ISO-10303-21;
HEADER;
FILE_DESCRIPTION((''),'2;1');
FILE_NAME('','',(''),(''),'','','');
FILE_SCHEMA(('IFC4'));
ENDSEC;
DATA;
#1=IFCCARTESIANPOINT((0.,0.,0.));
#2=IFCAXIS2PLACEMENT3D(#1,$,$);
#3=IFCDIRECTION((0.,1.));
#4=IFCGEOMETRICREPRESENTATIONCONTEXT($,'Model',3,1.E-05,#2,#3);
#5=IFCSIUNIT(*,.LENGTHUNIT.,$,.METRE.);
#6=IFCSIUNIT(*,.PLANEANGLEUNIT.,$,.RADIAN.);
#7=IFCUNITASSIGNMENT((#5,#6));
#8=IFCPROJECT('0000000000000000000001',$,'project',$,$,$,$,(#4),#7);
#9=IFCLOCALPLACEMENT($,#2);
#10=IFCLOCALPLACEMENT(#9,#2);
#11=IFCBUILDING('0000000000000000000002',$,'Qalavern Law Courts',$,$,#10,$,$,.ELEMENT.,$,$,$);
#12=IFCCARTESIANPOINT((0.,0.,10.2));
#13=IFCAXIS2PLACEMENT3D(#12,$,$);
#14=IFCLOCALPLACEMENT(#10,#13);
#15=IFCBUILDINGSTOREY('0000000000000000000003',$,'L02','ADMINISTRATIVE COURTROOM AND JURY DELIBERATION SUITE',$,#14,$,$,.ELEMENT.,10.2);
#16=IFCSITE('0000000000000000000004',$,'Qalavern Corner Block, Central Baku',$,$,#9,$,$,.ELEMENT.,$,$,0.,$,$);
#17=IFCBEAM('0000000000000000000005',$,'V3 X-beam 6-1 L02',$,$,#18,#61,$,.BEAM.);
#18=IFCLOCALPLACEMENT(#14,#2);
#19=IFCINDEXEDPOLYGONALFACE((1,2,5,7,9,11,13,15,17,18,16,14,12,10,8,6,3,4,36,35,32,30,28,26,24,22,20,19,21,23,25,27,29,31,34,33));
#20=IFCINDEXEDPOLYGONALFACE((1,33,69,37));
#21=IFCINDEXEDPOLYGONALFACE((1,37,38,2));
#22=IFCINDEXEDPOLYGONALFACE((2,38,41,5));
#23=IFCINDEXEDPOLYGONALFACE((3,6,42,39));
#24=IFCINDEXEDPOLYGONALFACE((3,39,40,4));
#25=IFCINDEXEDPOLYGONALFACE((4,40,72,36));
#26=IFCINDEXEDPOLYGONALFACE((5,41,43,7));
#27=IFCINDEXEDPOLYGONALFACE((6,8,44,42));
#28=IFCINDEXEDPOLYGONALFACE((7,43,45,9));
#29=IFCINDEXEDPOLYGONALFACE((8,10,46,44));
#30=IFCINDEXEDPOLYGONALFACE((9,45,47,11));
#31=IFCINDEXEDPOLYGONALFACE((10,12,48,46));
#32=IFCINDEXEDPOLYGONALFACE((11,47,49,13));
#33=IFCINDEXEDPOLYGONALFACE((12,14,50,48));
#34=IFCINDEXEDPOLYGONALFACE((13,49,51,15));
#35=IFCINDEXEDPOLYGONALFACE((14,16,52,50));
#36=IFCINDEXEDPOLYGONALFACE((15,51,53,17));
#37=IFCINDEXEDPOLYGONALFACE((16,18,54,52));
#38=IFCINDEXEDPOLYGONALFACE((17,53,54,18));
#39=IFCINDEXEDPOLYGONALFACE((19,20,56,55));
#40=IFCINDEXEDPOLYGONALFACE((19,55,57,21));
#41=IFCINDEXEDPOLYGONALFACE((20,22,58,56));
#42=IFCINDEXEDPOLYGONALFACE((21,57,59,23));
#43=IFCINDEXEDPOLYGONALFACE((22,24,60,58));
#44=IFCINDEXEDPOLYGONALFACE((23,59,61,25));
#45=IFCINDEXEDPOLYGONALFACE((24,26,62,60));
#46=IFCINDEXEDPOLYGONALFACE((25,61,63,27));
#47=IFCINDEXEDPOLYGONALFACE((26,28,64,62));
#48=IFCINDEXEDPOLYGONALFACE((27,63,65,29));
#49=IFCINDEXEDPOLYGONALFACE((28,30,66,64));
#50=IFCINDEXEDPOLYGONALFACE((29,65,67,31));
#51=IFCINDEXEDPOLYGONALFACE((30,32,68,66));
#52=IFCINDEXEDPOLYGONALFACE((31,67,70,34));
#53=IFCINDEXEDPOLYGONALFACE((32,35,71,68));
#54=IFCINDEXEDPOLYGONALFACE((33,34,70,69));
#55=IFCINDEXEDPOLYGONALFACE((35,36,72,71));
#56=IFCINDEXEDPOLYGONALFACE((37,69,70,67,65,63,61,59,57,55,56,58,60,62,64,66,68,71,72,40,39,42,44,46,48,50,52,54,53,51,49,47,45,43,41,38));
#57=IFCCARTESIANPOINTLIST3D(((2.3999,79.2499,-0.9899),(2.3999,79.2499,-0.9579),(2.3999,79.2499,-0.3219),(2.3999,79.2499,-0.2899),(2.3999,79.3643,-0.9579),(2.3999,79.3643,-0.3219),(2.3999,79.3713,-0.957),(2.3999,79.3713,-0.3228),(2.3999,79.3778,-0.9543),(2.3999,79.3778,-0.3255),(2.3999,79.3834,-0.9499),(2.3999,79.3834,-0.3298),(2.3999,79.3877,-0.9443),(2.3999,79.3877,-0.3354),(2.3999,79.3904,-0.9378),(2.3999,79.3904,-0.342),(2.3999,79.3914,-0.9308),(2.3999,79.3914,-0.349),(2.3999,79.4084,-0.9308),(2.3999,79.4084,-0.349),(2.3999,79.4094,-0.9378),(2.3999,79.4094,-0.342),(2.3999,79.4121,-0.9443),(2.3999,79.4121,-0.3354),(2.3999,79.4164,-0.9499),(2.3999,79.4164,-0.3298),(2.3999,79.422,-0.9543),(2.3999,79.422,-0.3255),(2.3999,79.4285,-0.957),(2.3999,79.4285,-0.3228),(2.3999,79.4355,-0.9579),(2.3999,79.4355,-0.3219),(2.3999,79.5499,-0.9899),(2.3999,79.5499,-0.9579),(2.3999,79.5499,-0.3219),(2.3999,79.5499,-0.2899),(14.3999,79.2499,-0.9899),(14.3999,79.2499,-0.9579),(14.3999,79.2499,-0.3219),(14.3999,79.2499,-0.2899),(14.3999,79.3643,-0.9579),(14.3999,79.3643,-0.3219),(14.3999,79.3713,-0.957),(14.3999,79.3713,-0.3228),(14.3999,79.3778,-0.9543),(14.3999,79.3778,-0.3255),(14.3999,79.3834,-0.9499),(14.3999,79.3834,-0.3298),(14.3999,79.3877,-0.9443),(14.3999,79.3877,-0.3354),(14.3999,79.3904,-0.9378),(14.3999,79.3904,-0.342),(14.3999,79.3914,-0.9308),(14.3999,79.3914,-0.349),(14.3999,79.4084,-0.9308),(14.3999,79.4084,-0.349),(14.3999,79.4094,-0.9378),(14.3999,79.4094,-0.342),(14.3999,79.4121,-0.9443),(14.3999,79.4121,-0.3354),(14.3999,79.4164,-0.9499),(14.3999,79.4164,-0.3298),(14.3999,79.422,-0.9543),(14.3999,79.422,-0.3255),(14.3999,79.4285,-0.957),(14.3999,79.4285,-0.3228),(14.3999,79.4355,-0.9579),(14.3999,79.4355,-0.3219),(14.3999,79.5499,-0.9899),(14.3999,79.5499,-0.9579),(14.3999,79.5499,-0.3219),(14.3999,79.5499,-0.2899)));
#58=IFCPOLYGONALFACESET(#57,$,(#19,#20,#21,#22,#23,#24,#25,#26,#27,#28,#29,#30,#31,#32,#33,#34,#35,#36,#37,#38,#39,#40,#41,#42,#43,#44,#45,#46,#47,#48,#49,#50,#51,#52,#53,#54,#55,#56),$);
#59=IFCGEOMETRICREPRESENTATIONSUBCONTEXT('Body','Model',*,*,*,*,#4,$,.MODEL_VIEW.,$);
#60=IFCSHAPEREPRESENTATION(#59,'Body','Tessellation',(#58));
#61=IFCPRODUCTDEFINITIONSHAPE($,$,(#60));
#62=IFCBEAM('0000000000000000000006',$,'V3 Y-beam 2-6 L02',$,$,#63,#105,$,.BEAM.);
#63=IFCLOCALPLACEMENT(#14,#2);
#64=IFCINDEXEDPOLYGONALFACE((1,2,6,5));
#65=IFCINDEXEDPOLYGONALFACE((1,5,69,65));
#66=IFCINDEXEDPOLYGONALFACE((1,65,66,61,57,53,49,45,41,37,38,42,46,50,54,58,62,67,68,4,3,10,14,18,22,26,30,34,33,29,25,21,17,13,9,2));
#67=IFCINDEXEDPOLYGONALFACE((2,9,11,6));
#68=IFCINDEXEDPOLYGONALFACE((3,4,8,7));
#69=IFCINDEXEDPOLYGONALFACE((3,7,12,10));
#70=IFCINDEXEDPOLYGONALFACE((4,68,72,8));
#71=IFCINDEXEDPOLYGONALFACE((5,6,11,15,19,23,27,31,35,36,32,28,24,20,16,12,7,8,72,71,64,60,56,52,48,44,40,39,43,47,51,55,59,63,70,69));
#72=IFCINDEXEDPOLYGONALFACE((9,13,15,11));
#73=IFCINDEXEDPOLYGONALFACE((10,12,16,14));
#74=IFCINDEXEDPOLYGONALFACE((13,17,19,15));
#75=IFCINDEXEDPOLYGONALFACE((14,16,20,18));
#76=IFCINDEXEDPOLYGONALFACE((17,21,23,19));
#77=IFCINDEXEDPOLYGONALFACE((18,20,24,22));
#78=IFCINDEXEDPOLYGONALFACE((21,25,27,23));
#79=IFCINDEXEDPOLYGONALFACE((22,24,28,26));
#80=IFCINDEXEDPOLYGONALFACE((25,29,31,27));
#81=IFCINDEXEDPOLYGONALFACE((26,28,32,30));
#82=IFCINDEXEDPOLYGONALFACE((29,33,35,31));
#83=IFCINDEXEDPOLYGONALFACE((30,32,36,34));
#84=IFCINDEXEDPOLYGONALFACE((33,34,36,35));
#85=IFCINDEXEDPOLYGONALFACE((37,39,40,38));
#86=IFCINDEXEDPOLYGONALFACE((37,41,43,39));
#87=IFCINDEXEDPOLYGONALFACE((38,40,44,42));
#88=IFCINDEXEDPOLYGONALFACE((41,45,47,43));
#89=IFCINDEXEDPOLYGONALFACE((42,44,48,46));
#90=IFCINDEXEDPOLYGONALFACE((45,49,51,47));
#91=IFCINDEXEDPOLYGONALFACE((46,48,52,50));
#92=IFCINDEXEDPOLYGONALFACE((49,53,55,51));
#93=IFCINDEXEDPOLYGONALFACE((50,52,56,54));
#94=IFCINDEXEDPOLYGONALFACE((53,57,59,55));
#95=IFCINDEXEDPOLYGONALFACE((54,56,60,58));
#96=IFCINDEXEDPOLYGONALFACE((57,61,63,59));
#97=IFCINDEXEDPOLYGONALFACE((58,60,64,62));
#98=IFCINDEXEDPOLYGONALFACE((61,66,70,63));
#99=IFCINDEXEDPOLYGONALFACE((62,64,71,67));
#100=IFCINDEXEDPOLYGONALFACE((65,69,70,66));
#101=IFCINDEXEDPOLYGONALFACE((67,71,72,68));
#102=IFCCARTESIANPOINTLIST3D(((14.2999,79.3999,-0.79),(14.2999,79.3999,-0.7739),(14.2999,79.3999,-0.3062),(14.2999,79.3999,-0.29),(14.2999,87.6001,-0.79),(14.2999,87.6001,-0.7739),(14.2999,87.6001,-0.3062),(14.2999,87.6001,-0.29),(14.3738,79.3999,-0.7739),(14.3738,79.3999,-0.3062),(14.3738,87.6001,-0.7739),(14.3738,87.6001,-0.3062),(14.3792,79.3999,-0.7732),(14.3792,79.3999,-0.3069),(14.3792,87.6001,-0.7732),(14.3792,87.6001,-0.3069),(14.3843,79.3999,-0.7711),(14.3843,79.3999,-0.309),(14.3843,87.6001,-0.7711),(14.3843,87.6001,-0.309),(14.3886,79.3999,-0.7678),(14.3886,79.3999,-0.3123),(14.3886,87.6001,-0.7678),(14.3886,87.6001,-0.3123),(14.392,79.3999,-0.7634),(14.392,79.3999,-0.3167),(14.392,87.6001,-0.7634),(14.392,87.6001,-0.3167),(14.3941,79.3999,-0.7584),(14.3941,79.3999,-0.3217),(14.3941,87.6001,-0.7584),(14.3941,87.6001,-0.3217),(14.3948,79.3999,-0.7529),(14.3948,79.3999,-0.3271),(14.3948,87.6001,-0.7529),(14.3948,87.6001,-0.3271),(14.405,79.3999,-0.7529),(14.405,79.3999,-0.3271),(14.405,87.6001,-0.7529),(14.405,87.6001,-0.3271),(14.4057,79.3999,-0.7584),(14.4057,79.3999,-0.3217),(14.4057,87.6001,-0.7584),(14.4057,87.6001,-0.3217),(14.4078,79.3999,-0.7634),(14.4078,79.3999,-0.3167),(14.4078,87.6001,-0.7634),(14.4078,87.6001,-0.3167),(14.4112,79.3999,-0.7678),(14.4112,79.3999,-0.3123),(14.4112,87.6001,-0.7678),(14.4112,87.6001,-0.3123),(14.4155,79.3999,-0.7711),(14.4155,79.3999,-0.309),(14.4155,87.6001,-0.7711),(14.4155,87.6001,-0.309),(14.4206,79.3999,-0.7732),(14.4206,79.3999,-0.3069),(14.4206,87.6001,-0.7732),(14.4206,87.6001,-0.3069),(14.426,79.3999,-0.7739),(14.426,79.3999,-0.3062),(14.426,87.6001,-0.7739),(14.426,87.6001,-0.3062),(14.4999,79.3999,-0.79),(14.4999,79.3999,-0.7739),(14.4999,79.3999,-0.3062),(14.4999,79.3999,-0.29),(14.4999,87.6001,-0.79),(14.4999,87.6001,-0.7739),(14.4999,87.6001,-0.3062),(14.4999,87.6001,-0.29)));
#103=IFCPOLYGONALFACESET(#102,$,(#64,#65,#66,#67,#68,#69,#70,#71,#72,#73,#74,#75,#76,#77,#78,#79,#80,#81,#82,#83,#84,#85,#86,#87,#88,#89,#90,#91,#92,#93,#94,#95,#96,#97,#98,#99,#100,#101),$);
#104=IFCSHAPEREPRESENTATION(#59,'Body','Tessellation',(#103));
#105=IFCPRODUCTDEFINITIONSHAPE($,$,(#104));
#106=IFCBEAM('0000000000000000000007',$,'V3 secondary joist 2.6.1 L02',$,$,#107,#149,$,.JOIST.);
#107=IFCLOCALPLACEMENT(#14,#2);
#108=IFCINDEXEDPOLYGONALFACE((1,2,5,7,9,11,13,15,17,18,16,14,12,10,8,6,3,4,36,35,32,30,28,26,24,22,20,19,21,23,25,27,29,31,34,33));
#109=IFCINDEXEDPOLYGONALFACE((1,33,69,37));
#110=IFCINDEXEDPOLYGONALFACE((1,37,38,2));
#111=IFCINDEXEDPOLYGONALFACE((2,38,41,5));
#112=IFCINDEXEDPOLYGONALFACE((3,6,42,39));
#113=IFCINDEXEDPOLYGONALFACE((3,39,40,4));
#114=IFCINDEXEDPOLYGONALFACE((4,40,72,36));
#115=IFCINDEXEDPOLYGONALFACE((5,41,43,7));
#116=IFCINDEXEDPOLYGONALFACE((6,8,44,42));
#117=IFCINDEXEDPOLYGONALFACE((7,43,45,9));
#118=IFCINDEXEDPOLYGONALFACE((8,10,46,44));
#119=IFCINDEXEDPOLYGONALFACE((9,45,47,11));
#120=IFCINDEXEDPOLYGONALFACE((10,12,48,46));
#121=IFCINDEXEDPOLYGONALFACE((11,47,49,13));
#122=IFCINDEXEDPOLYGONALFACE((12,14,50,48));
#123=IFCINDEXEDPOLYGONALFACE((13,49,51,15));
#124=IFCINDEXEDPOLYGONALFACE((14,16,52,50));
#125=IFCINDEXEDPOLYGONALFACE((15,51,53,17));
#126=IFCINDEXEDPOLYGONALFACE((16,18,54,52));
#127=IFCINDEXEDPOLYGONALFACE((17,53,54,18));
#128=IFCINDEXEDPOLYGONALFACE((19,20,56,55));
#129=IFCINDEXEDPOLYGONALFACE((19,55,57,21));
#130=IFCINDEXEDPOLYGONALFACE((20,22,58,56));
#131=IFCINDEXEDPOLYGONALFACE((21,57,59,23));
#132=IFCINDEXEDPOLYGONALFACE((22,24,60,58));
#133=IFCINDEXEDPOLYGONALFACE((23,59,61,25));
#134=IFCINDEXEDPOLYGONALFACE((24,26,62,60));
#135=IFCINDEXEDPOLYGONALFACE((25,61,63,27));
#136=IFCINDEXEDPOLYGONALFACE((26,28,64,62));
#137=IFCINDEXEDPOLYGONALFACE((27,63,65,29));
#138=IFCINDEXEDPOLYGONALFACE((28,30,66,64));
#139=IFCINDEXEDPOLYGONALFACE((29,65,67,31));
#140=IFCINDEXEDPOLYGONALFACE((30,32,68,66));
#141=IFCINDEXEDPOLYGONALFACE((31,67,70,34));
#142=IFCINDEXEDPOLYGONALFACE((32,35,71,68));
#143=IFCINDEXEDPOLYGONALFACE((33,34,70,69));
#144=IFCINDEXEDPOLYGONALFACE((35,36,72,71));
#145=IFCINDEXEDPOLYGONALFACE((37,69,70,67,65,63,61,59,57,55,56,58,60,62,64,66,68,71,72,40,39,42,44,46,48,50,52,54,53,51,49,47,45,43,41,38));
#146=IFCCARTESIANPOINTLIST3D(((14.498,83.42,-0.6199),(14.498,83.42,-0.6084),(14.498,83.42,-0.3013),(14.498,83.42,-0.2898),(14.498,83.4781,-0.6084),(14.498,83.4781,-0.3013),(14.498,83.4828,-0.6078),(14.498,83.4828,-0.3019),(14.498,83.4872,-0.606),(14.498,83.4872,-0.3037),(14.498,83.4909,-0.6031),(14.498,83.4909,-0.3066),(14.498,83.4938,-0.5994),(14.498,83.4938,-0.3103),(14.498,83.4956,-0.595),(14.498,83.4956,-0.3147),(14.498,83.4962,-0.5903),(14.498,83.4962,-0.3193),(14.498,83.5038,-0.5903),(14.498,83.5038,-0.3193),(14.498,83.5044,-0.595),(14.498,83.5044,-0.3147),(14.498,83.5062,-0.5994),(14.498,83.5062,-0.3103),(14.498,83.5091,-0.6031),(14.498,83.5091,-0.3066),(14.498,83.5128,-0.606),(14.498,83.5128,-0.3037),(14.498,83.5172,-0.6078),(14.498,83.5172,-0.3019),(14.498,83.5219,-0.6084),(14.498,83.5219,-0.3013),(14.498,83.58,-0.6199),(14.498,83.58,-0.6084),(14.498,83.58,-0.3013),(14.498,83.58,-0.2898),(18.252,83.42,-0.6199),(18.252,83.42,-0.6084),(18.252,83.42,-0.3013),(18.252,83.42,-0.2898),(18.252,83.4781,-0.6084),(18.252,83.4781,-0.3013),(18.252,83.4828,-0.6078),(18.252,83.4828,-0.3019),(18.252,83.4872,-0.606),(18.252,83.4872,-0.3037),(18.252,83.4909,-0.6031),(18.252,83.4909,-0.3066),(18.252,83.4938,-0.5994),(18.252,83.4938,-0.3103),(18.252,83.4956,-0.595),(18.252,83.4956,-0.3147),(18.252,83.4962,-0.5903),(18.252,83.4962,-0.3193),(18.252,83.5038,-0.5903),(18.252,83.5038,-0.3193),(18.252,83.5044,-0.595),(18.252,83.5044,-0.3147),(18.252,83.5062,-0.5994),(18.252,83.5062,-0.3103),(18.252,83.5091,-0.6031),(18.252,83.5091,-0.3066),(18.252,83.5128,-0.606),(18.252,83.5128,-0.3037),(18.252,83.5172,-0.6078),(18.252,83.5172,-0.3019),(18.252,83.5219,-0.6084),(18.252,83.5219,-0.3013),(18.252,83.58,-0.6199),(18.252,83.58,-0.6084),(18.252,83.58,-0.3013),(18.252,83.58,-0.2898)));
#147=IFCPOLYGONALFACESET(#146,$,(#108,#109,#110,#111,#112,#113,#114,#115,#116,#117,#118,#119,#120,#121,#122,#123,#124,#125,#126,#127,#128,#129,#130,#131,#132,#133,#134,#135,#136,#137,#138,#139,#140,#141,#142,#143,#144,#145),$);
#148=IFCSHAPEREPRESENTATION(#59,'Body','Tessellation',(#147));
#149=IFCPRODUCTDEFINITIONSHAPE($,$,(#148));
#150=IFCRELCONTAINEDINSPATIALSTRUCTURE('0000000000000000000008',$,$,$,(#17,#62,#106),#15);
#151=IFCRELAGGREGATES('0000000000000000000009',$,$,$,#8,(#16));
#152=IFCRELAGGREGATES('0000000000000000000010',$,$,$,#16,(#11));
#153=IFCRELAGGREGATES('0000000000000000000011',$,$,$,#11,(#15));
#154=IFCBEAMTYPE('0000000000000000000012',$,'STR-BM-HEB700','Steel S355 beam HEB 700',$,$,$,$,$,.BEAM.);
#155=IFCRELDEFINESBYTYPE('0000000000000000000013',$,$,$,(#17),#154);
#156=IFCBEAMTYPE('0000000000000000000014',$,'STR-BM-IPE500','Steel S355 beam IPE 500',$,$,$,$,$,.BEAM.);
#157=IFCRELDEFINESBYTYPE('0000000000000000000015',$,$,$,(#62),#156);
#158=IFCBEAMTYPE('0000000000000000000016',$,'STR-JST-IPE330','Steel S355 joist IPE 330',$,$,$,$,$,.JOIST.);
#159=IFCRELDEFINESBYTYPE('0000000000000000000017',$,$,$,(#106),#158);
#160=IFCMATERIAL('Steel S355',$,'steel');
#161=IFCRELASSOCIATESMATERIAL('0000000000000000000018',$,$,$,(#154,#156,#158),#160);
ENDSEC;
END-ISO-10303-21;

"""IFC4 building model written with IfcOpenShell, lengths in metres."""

from ifc_helpers import new_model, si_unit, direction, frame, origin, origin_2d, place, context, subcontext, project, spatial, i_section, extrude, material, material_profile, profile_set, type_object, element, save


model = new_model("IFC4")

# Units and contexts
model_context = context("Model", 3, precision=1e-05, world=origin(), true_north=direction((0.0, 1.0)))
body_context = subcontext(model_context, "Body", "Model", "MODEL_VIEW")
ifc_project = project(units=[si_unit("LENGTHUNIT", "METRE"), si_unit("PLANEANGLEUNIT", "RADIAN")], contexts=[model_context])

# Site, building, storey
site_placement = place(None, origin())
site = spatial("IfcSite", under=ifc_project, at=site_placement, Name="Qalavern Corner Block, Central Baku", CompositionType="ELEMENT", RefElevation=0.0)
building_placement = place(site_placement, origin())
building = spatial("IfcBuilding", under=site, at=building_placement, Name="Qalavern Law Courts", CompositionType="ELEMENT")
storey_placement = place(building_placement, frame((0.0, 0.0, 10.2)))
storey = spatial("IfcBuildingStorey", under=building, at=storey_placement, Name="L02", Description="ADMINISTRATIVE COURTROOM AND JURY DELIBERATION SUITE", CompositionType="ELEMENT", Elevation=10.2)

# Beams
ifc_material_1 = material(Name="Steel S355", Category="steel")
ifc_material_profile_1 = material_profile(ifc_material_1, i_section(OverallWidth=0.3, OverallDepth=0.7, WebThickness=0.0171, FlangeThickness=0.032, FilletRadius=0.0271, at=origin_2d()), Name="HEB 700")
ifc_profile_set_1 = profile_set([ifc_material_profile_1], Name="Steel S355")
beam_type_1 = type_object("IfcBeamType", Name="STR-BM-HEB700", Description="Steel S355 beam HEB 700", PredefinedType="BEAM", material=ifc_profile_set_1)
beam_1_placement = place(storey_placement, frame((2.3999, 79.3999, -0.6399), z_axis=(1.0, 0.0, 0.0), x_axis=(0.0, 1.0, 0.0)))
element("IfcBeam", 1, at=beam_1_placement, inside=storey, type_object=beam_type_1, Name="V3 X-beam 6-1 L02", PredefinedType="BEAM", context=body_context, shape_type="SweptSolid", body=[
    extrude(i_section(OverallWidth=0.3, OverallDepth=0.7, WebThickness=0.0171, FlangeThickness=0.032, FilletRadius=0.0271, at=origin_2d()), origin(), (0.0, 0.0, 1.0), 12.0),
])
ifc_material_profile_2 = material_profile(ifc_material_1, i_section(OverallWidth=0.2, OverallDepth=0.5, WebThickness=0.0103, FlangeThickness=0.0161, FilletRadius=0.021, at=origin_2d()), Name="IPE 500")
ifc_profile_set_2 = profile_set([ifc_material_profile_2], Name="Steel S355")
beam_type_2 = type_object("IfcBeamType", Name="STR-BM-IPE500", Description="Steel S355 beam IPE 500", PredefinedType="BEAM", material=ifc_profile_set_2)
beam_2_placement = place(storey_placement, frame((14.3999, 79.3999, -0.54), z_axis=(0.0, 1.0, 0.0), x_axis=(-1.0, 0.0, 0.0)))
element("IfcBeam", 2, at=beam_2_placement, inside=storey, type_object=beam_type_2, Name="V3 Y-beam 2-6 L02", PredefinedType="BEAM", context=body_context, shape_type="SweptSolid", body=[
    extrude(i_section(OverallWidth=0.2, OverallDepth=0.5, WebThickness=0.0103, FlangeThickness=0.0161, FilletRadius=0.021, at=origin_2d()), origin(), (0.0, 0.0, 1.0), 8.2002),
])
ifc_material_profile_3 = material_profile(ifc_material_1, i_section(OverallWidth=0.1599, OverallDepth=0.3301, WebThickness=0.0076, FlangeThickness=0.0115, FilletRadius=0.0181, at=origin_2d()), Name="IPE 330")
ifc_profile_set_3 = profile_set([ifc_material_profile_3], Name="Steel S355")
beam_type_3 = type_object("IfcBeamType", Name="STR-JST-IPE330", Description="Steel S355 joist IPE 330", PredefinedType="JOIST", material=ifc_profile_set_3)
beam_3_placement = place(storey_placement, frame((14.498, 83.5, -0.4548), z_axis=(1.0, 0.0, 0.0), x_axis=(0.0, 1.0, 0.0)))
element("IfcBeam", 3, at=beam_3_placement, inside=storey, type_object=beam_type_3, Name="V3 secondary joist 2.6.1 L02", PredefinedType="JOIST", context=body_context, shape_type="SweptSolid", body=[
    extrude(i_section(OverallWidth=0.1599, OverallDepth=0.3301, WebThickness=0.0076, FlangeThickness=0.0115, FilletRadius=0.0181, at=origin_2d()), origin(), (0.0, 0.0, 1.0), 3.7539),
])

save(model, "model.ifc")
